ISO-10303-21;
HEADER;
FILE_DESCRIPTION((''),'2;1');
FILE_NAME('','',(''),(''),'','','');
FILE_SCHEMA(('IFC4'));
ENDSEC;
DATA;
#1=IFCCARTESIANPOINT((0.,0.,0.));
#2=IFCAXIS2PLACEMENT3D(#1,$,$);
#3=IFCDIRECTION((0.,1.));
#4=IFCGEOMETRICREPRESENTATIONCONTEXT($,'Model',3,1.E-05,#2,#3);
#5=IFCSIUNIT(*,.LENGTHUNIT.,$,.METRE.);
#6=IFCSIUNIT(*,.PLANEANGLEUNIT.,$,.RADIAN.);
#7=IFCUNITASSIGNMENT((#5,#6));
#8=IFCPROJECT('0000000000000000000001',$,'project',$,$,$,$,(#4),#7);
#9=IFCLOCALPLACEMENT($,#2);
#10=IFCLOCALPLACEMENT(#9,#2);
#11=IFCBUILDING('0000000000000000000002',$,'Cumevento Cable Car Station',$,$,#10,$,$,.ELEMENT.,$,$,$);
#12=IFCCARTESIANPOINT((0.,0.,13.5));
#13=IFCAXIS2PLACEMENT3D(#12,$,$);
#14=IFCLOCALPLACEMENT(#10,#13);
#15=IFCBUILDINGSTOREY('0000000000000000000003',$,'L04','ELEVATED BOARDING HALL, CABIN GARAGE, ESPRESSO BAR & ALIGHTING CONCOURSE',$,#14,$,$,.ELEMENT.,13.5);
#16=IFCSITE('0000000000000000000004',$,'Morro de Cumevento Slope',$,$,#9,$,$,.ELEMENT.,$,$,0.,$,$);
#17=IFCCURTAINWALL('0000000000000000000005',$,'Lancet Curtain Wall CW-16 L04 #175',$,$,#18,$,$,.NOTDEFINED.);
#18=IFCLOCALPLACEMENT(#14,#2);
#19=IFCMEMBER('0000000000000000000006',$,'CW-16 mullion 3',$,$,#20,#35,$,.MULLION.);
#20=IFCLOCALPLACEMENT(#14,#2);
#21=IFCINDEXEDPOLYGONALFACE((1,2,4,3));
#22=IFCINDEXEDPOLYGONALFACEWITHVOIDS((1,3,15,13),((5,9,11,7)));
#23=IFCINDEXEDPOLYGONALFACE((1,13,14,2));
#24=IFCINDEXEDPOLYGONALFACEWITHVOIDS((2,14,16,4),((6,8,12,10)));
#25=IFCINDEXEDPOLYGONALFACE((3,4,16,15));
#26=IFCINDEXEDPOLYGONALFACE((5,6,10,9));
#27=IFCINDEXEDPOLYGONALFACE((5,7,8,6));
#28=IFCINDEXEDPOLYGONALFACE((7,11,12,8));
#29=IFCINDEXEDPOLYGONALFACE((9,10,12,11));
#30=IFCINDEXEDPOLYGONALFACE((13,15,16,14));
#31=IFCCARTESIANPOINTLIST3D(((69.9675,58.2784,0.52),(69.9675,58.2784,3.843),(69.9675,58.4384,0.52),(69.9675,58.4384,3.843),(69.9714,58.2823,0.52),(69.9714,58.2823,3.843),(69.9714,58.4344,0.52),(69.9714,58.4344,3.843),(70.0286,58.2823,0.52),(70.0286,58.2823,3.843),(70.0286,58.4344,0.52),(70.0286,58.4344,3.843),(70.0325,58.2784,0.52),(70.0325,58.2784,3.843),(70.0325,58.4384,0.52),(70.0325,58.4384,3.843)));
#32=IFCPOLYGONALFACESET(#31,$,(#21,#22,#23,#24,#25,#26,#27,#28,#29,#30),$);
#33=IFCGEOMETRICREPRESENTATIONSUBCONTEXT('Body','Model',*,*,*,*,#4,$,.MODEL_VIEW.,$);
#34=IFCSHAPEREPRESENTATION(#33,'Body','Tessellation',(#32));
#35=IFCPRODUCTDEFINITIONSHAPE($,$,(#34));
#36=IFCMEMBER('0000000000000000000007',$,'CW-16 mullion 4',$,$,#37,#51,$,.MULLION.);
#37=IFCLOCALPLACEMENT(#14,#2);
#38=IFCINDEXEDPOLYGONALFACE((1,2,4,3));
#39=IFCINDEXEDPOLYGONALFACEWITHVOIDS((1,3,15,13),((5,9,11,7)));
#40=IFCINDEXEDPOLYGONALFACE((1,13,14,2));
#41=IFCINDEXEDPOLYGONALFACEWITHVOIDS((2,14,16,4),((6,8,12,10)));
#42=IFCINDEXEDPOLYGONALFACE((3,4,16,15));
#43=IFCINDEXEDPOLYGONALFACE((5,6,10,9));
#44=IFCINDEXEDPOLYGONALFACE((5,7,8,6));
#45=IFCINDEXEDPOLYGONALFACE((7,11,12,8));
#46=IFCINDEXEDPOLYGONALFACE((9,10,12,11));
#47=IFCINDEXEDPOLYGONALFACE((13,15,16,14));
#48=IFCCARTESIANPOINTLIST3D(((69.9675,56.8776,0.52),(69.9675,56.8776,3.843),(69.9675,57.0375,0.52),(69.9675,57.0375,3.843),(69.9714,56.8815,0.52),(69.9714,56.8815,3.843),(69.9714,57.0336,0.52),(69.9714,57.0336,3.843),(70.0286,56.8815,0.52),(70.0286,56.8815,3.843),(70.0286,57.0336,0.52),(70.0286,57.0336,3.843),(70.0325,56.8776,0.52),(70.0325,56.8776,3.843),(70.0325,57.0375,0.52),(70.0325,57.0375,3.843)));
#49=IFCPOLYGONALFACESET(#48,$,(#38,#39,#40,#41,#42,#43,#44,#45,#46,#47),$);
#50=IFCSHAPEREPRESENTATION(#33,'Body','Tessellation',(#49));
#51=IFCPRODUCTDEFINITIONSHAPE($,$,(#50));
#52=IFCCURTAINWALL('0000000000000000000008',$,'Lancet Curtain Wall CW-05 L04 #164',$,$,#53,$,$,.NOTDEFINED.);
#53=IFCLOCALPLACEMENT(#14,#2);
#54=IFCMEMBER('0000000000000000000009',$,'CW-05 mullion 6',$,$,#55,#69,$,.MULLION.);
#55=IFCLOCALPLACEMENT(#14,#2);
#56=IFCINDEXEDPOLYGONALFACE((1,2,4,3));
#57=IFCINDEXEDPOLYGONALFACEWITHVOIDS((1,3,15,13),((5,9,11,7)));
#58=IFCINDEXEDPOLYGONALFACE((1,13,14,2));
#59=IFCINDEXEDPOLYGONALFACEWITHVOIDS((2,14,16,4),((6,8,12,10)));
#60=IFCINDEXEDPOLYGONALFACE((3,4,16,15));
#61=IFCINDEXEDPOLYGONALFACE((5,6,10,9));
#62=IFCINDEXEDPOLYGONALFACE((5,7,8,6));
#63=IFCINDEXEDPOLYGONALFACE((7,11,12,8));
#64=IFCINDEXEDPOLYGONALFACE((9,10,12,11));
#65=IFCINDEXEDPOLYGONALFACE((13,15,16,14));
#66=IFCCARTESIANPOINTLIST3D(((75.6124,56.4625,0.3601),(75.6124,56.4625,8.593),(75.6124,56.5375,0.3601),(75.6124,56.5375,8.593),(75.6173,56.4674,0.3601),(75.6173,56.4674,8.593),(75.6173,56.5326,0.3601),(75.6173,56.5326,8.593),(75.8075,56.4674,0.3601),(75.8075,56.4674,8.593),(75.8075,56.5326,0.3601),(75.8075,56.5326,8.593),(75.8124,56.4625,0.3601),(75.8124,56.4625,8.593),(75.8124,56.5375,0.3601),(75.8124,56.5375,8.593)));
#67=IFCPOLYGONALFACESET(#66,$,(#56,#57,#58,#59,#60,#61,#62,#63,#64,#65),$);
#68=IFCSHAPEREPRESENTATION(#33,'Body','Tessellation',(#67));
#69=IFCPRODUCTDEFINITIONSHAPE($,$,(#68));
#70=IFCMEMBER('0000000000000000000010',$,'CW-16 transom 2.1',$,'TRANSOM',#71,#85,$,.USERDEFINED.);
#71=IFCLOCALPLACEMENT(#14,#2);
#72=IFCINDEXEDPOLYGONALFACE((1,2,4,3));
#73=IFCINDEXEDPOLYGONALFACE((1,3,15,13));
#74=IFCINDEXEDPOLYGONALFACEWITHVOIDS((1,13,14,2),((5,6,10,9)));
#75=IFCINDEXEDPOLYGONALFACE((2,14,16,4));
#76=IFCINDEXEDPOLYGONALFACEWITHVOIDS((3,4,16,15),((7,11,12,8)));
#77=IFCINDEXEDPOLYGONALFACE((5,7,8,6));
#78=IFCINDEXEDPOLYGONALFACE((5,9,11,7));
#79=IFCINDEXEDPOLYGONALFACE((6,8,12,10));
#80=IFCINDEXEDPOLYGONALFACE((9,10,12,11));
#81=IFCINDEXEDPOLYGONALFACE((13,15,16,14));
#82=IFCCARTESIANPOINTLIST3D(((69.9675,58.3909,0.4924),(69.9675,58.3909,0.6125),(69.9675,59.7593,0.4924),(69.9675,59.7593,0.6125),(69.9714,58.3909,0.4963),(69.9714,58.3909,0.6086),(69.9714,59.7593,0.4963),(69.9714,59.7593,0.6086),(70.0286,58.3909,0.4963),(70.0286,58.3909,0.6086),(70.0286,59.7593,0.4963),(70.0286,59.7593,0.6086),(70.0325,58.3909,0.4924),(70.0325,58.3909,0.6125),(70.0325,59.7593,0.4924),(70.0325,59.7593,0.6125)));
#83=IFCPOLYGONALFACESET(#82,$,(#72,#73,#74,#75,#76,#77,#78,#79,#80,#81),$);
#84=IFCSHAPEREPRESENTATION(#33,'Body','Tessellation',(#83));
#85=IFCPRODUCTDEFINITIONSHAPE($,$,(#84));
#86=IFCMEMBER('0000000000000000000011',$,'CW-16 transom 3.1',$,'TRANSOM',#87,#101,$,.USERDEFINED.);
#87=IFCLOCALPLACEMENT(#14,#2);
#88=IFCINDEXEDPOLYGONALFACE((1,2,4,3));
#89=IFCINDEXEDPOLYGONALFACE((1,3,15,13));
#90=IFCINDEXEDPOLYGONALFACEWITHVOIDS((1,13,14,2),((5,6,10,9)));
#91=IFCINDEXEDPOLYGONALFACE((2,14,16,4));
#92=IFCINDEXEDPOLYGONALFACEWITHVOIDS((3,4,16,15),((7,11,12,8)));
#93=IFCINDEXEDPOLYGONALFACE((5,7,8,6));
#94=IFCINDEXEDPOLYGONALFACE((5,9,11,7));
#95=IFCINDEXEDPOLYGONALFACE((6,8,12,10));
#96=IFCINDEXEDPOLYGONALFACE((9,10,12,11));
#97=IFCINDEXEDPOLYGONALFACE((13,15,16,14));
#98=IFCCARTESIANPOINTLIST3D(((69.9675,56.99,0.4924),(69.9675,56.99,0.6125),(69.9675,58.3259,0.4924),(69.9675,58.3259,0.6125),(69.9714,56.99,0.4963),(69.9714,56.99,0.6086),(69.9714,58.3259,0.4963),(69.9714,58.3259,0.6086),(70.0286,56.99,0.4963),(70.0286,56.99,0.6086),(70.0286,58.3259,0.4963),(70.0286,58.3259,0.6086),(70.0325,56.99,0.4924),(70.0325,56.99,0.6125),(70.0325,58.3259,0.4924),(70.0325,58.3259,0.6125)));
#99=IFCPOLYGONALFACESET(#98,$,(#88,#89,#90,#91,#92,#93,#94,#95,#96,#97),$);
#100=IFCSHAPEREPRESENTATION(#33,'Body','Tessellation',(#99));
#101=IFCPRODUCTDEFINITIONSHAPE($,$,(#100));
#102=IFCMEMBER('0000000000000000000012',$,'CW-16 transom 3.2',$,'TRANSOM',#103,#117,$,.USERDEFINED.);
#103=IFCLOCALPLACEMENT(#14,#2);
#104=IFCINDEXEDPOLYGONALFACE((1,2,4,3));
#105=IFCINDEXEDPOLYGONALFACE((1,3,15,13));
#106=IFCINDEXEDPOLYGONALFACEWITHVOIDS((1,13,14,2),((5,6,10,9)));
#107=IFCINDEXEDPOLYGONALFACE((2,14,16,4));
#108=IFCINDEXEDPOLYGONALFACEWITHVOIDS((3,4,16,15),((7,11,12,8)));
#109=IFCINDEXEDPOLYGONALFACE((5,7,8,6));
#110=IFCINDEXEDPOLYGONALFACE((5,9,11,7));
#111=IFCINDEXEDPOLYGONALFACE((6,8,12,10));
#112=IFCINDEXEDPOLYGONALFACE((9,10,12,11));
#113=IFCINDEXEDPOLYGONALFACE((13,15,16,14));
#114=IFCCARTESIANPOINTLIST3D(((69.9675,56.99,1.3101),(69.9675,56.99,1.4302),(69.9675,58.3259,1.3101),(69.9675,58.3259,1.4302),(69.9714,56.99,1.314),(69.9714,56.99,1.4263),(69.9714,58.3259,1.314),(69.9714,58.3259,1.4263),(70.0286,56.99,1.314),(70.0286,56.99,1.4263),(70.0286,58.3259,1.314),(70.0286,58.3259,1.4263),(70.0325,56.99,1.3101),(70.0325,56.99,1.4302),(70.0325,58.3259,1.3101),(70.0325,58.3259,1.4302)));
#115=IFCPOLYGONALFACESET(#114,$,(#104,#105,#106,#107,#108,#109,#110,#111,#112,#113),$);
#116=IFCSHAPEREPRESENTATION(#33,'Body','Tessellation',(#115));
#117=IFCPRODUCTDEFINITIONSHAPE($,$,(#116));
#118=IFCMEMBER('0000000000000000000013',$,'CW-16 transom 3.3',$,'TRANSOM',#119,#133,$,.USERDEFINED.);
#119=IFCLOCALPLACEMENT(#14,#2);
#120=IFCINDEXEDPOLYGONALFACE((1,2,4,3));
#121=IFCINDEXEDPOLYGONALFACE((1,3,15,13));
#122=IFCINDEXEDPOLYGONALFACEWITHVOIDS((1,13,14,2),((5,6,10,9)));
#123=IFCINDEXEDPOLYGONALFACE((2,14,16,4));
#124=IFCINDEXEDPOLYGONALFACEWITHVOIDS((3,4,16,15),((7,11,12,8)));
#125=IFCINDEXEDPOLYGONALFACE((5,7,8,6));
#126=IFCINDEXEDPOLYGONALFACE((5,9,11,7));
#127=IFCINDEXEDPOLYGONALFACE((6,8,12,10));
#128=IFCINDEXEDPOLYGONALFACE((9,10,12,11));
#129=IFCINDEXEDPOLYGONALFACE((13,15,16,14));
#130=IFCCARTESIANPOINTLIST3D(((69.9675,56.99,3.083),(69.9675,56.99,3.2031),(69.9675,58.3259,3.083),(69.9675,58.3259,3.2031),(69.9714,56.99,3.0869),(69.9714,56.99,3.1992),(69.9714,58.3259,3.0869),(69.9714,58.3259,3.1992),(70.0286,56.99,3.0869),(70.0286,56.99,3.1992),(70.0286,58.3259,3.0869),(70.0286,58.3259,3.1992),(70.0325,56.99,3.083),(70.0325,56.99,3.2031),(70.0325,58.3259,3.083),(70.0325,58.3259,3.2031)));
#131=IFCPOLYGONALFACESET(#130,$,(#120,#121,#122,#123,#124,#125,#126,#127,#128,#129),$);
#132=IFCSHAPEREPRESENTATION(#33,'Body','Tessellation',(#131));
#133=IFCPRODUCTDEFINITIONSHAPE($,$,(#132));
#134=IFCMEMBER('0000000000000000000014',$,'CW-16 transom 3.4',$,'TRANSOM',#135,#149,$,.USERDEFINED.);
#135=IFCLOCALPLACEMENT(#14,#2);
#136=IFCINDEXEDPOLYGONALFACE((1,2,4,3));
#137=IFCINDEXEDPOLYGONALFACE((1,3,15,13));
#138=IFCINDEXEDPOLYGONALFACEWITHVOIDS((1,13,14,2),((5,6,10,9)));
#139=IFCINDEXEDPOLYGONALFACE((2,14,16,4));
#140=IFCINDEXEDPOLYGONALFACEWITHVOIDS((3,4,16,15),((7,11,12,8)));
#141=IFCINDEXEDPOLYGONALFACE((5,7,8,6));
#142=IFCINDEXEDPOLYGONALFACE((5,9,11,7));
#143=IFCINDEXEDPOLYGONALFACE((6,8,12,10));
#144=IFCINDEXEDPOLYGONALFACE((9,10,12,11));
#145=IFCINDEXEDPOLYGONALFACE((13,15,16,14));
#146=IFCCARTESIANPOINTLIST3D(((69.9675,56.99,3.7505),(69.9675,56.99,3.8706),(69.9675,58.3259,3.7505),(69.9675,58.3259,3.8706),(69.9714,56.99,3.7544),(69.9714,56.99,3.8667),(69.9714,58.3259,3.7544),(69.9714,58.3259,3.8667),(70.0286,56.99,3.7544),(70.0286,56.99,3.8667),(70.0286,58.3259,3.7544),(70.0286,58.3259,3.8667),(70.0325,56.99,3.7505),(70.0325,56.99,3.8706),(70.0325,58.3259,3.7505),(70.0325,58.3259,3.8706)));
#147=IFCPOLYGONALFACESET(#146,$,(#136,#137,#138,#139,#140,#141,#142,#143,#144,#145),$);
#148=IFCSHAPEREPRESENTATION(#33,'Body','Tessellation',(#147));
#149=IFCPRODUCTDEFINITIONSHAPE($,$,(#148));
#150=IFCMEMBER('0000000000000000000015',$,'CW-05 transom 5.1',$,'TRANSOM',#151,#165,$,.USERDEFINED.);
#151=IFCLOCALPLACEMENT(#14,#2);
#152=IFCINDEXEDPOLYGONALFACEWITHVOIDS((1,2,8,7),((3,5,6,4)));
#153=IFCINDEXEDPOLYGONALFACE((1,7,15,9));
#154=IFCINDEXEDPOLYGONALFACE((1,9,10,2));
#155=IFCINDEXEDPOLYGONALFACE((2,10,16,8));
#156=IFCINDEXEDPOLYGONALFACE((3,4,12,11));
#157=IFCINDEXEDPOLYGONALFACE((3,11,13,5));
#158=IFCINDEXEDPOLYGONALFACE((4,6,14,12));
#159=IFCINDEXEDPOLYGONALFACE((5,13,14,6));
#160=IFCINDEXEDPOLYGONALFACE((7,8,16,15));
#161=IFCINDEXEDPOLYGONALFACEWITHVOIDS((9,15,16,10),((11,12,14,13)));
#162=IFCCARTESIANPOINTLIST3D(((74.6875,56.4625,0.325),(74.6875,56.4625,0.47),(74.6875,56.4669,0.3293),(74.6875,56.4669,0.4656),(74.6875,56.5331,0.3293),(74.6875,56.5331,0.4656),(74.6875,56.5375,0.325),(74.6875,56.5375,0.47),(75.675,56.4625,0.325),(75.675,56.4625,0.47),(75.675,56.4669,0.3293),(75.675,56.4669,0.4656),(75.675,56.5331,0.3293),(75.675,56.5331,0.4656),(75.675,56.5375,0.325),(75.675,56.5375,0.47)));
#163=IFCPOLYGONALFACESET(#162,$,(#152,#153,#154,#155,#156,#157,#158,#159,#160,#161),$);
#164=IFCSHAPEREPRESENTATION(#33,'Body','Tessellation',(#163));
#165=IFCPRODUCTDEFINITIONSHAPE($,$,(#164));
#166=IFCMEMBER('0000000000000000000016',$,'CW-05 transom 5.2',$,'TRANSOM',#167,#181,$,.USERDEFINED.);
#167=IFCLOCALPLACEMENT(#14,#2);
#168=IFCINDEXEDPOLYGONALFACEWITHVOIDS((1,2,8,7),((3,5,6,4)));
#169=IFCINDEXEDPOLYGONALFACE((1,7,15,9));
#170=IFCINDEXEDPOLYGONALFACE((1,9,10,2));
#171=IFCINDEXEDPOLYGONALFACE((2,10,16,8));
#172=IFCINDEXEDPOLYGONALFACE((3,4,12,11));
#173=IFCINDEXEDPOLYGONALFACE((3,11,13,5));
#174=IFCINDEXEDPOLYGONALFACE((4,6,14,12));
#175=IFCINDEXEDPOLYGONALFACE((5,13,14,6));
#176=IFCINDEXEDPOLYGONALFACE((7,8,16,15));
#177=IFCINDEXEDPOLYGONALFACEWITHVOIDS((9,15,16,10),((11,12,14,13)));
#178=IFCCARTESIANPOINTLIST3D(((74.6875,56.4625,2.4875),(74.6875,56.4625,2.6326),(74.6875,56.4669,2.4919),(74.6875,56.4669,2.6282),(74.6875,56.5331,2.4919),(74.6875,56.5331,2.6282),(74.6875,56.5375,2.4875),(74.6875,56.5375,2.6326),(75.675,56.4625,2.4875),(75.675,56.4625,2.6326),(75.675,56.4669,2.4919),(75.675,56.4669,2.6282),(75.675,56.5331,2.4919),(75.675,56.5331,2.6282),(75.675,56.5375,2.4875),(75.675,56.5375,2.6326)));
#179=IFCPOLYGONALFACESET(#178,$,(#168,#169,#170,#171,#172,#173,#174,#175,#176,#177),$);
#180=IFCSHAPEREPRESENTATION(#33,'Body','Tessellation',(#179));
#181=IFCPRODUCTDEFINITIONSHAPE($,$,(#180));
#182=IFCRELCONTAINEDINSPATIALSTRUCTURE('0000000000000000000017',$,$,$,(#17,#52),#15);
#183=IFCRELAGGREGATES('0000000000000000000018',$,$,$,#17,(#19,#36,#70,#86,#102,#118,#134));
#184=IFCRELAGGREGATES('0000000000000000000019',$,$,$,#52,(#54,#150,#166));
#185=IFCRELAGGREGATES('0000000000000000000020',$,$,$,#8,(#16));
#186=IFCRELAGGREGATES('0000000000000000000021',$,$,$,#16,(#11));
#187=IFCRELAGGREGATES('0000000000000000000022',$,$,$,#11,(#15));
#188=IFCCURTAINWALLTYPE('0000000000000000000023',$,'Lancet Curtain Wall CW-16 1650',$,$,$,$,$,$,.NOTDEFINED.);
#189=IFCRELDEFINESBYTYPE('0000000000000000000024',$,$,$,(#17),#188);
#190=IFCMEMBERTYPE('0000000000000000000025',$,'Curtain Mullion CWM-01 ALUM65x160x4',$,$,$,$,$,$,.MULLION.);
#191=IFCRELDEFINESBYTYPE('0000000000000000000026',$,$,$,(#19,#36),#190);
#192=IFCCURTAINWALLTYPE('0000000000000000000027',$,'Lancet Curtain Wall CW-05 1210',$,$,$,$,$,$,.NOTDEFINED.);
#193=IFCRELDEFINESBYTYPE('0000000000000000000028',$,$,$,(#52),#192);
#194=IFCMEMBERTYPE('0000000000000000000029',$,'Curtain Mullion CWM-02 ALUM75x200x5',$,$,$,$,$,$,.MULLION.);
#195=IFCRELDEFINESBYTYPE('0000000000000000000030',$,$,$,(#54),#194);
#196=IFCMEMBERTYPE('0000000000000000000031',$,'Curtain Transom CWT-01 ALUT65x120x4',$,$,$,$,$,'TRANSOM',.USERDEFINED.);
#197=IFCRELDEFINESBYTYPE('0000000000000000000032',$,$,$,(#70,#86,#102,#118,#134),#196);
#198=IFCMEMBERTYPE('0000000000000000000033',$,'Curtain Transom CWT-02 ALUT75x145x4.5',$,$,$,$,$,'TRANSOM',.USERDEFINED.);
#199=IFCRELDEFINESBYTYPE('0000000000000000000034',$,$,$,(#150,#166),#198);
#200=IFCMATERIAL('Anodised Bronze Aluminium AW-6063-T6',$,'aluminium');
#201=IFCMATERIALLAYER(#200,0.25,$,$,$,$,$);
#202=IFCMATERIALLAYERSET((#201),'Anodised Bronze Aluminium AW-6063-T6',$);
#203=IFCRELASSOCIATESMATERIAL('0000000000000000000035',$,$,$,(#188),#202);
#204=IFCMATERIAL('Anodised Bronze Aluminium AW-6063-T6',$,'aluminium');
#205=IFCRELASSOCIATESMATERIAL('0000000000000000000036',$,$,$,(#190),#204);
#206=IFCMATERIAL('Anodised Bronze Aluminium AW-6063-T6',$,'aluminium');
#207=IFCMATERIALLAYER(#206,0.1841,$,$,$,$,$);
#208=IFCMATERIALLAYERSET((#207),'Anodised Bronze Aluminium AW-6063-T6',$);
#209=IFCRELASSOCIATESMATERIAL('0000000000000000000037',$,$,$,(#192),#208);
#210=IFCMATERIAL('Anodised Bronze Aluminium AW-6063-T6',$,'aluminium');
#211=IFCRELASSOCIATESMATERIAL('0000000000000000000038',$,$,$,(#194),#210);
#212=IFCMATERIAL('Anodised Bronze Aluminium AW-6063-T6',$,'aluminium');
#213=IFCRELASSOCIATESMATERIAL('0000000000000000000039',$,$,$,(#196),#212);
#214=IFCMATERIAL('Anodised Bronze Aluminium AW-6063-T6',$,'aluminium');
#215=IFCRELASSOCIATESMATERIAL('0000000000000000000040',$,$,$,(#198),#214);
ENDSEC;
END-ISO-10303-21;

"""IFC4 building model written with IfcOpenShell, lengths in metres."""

from ifc_helpers import new_model, si_unit, direction, frame, origin, origin_2d, place, context, subcontext, project, spatial, hollow_rectangle, extrude, material, layer, layer_set, material_profile, profile_set, type_object, element, aggregate, save


model = new_model("IFC4")

# Units and contexts
model_context = context("Model", 3, precision=1e-05, world=origin(), true_north=direction((0.0, 1.0)))
body_context = subcontext(model_context, "Body", "Model", "MODEL_VIEW")
ifc_project = project(units=[si_unit("LENGTHUNIT", "METRE"), si_unit("PLANEANGLEUNIT", "RADIAN")], contexts=[model_context])

# Site, building, storey
site_placement = place(None, origin())
site = spatial("IfcSite", under=ifc_project, at=site_placement, Name="Morro de Cumevento Slope", CompositionType="ELEMENT", RefElevation=0.0)
building_placement = place(site_placement, origin())
building = spatial("IfcBuilding", under=site, at=building_placement, Name="Cumevento Cable Car Station", CompositionType="ELEMENT")
storey_placement = place(building_placement, frame((0.0, 0.0, 13.5)))
storey = spatial("IfcBuildingStorey", under=building, at=storey_placement, Name="L04", Description="ELEVATED BOARDING HALL, CABIN GARAGE, ESPRESSO BAR & ALIGHTING CONCOURSE", CompositionType="ELEMENT", Elevation=13.5)

# Curtain wall, members
ifc_material_1 = material(Name="Anodised Bronze Aluminium AW-6063-T6", Category="aluminium")
ifc_layer_1 = layer(ifc_material_1, 0.25)
ifc_layer_set_1 = layer_set([ifc_layer_1], Name="Anodised Bronze Aluminium AW-6063-T6")
curtain_wall_type_1 = type_object("IfcCurtainWallType", Name="Lancet Curtain Wall CW-16 1650", PredefinedType="NOTDEFINED", material=ifc_layer_set_1)
curtain_wall_1_placement = place(storey_placement, origin())
curtain_wall_1 = element("IfcCurtainWall", 1, at=curtain_wall_1_placement, inside=storey, type_object=curtain_wall_type_1, Name="Lancet Curtain Wall CW-16 L04 #175", PredefinedType="NOTDEFINED")
ifc_material_2 = material(Name="Anodised Bronze Aluminium AW-6063-T6", Category="aluminium")
ifc_material_profile_1 = material_profile(ifc_material_2, hollow_rectangle(XDim=0.0649, YDim=0.1599, WallThickness=0.0039, at=origin_2d()), Name="ALUM65x160x4")
ifc_profile_set_1 = profile_set([ifc_material_profile_1], Name="Anodised Bronze Aluminium AW-6063-T6")
member_type_1 = type_object("IfcMemberType", Name="Curtain Mullion CWM-01 ALUM65x160x4", PredefinedType="MULLION", material=ifc_profile_set_1)
member_1_placement = place(storey_placement, frame((70.0, 58.3584, 0.52), z_axis=(0.0, 0.0, 1.0), x_axis=(1.0, 0.0, 0.0)))
member_1 = element("IfcMember", 2, at=member_1_placement, type_object=member_type_1, Name="CW-16 mullion 3", PredefinedType="MULLION", context=body_context, shape_type="SweptSolid", body=[
    extrude(hollow_rectangle(XDim=0.0649, YDim=0.1599, WallThickness=0.0039, at=origin_2d()), origin(), (0.0, 0.0, 1.0), 3.323),
])
member_2_placement = place(storey_placement, frame((70.0, 56.9575, 0.52), z_axis=(0.0, 0.0, 1.0), x_axis=(1.0, 0.0, 0.0)))
member_2 = element("IfcMember", 3, at=member_2_placement, type_object=member_type_1, Name="CW-16 mullion 4", PredefinedType="MULLION", context=body_context, shape_type="SweptSolid", body=[
    extrude(hollow_rectangle(XDim=0.0649, YDim=0.1599, WallThickness=0.0039, at=origin_2d()), origin(), (0.0, 0.0, 1.0), 3.323),
])

# Curtain wall, member
ifc_material_3 = material(Name="Anodised Bronze Aluminium AW-6063-T6", Category="aluminium")
ifc_layer_2 = layer(ifc_material_3, 0.1841)
ifc_layer_set_2 = layer_set([ifc_layer_2], Name="Anodised Bronze Aluminium AW-6063-T6")
curtain_wall_type_2 = type_object("IfcCurtainWallType", Name="Lancet Curtain Wall CW-05 1210", PredefinedType="NOTDEFINED", material=ifc_layer_set_2)
curtain_wall_2_placement = place(storey_placement, origin())
curtain_wall_2 = element("IfcCurtainWall", 4, at=curtain_wall_2_placement, inside=storey, type_object=curtain_wall_type_2, Name="Lancet Curtain Wall CW-05 L04 #164", PredefinedType="NOTDEFINED")
ifc_material_4 = material(Name="Anodised Bronze Aluminium AW-6063-T6", Category="aluminium")
ifc_material_profile_2 = material_profile(ifc_material_4, hollow_rectangle(XDim=0.075, YDim=0.2, WallThickness=0.0049, at=origin_2d()), Name="ALUM75x200x5")
ifc_profile_set_2 = profile_set([ifc_material_profile_2], Name="Anodised Bronze Aluminium AW-6063-T6")
member_type_2 = type_object("IfcMemberType", Name="Curtain Mullion CWM-02 ALUM75x200x5", PredefinedType="MULLION", material=ifc_profile_set_2)
member_3_placement = place(storey_placement, frame((75.7124, 56.5, 0.3601), z_axis=(0.0, 0.0, 1.0), x_axis=(0.0, 1.0, 0.0)))
member_3 = element("IfcMember", 5, at=member_3_placement, type_object=member_type_2, Name="CW-05 mullion 6", PredefinedType="MULLION", context=body_context, shape_type="SweptSolid", body=[
    extrude(hollow_rectangle(XDim=0.075, YDim=0.2, WallThickness=0.0049, at=origin_2d()), origin(), (0.0, 0.0, 1.0), 8.2329),
])

# Members
ifc_material_5 = material(Name="Anodised Bronze Aluminium AW-6063-T6", Category="aluminium")
ifc_material_profile_3 = material_profile(ifc_material_5, hollow_rectangle(XDim=0.0649, YDim=0.1201, WallThickness=0.0039, at=origin_2d()), Name="ALUT65x120x4")
ifc_profile_set_3 = profile_set([ifc_material_profile_3], Name="Anodised Bronze Aluminium AW-6063-T6")
member_type_3 = type_object("IfcMemberType", Name="Curtain Transom CWT-01 ALUT65x120x4", ElementType="TRANSOM", PredefinedType="USERDEFINED", material=ifc_profile_set_3)
member_4_placement = place(storey_placement, frame((70.0, 59.7593, 0.5525), z_axis=(0.0, -1.0, 0.0), x_axis=(1.0, 0.0, 0.0)))
member_4 = element("IfcMember", 6, at=member_4_placement, type_object=member_type_3, Name="CW-16 transom 2.1", ObjectType="TRANSOM", PredefinedType="USERDEFINED", context=body_context, shape_type="SweptSolid", body=[
    extrude(hollow_rectangle(XDim=0.0649, YDim=0.1201, WallThickness=0.0039, at=origin_2d()), origin(), (0.0, 0.0, 1.0), 1.3684),
])
member_5_placement = place(storey_placement, frame((70.0, 58.3259, 0.5525), z_axis=(0.0, -1.0, 0.0), x_axis=(1.0, 0.0, 0.0)))
member_5 = element("IfcMember", 7, at=member_5_placement, type_object=member_type_3, Name="CW-16 transom 3.1", ObjectType="TRANSOM", PredefinedType="USERDEFINED", context=body_context, shape_type="SweptSolid", body=[
    extrude(hollow_rectangle(XDim=0.0649, YDim=0.1201, WallThickness=0.0039, at=origin_2d()), origin(), (0.0, 0.0, 1.0), 1.3359),
])
member_6_placement = place(storey_placement, frame((70.0, 58.3259, 1.3701), z_axis=(0.0, -1.0, 0.0), x_axis=(1.0, 0.0, 0.0)))
member_6 = element("IfcMember", 8, at=member_6_placement, type_object=member_type_3, Name="CW-16 transom 3.2", ObjectType="TRANSOM", PredefinedType="USERDEFINED", context=body_context, shape_type="SweptSolid", body=[
    extrude(hollow_rectangle(XDim=0.0649, YDim=0.1201, WallThickness=0.0039, at=origin_2d()), origin(), (0.0, 0.0, 1.0), 1.3359),
])
member_7_placement = place(storey_placement, frame((70.0, 58.3259, 3.1431), z_axis=(0.0, -1.0, 0.0), x_axis=(1.0, 0.0, 0.0)))
member_7 = element("IfcMember", 9, at=member_7_placement, type_object=member_type_3, Name="CW-16 transom 3.3", ObjectType="TRANSOM", PredefinedType="USERDEFINED", context=body_context, shape_type="SweptSolid", body=[
    extrude(hollow_rectangle(XDim=0.0649, YDim=0.1201, WallThickness=0.0039, at=origin_2d()), origin(), (0.0, 0.0, 1.0), 1.3359),
])
member_8_placement = place(storey_placement, frame((70.0, 58.3259, 3.8105), z_axis=(0.0, -1.0, 0.0), x_axis=(1.0, 0.0, 0.0)))
member_8 = element("IfcMember", 10, at=member_8_placement, type_object=member_type_3, Name="CW-16 transom 3.4", ObjectType="TRANSOM", PredefinedType="USERDEFINED", context=body_context, shape_type="SweptSolid", body=[
    extrude(hollow_rectangle(XDim=0.0649, YDim=0.1201, WallThickness=0.0039, at=origin_2d()), origin(), (0.0, 0.0, 1.0), 1.3359),
])
ifc_material_6 = material(Name="Anodised Bronze Aluminium AW-6063-T6", Category="aluminium")
ifc_material_profile_4 = material_profile(ifc_material_6, hollow_rectangle(XDim=0.075, YDim=0.145, WallThickness=0.0044, at=origin_2d()), Name="ALUT75x145x4.5")
ifc_profile_set_4 = profile_set([ifc_material_profile_4], Name="Anodised Bronze Aluminium AW-6063-T6")
member_type_4 = type_object("IfcMemberType", Name="Curtain Transom CWT-02 ALUT75x145x4.5", ElementType="TRANSOM", PredefinedType="USERDEFINED", material=ifc_profile_set_4)
member_9_placement = place(storey_placement, frame((74.6875, 56.5, 0.3975), z_axis=(1.0, 0.0, 0.0), x_axis=(0.0, 1.0, 0.0)))
member_9 = element("IfcMember", 11, at=member_9_placement, type_object=member_type_4, Name="CW-05 transom 5.1", ObjectType="TRANSOM", PredefinedType="USERDEFINED", context=body_context, shape_type="SweptSolid", body=[
    extrude(hollow_rectangle(XDim=0.075, YDim=0.145, WallThickness=0.0044, at=origin_2d()), origin(), (0.0, 0.0, 1.0), 0.9875),
])
member_10_placement = place(storey_placement, frame((74.6875, 56.5, 2.5601), z_axis=(1.0, 0.0, 0.0), x_axis=(0.0, 1.0, 0.0)))
member_10 = element("IfcMember", 12, at=member_10_placement, type_object=member_type_4, Name="CW-05 transom 5.2", ObjectType="TRANSOM", PredefinedType="USERDEFINED", context=body_context, shape_type="SweptSolid", body=[
    extrude(hollow_rectangle(XDim=0.075, YDim=0.145, WallThickness=0.0044, at=origin_2d()), origin(), (0.0, 0.0, 1.0), 0.9875),
])

aggregate(curtain_wall_1, [member_1, member_2, member_4, member_5, member_6, member_7, member_8])
aggregate(curtain_wall_2, [member_3, member_9, member_10])

save(model, "model.ifc")
